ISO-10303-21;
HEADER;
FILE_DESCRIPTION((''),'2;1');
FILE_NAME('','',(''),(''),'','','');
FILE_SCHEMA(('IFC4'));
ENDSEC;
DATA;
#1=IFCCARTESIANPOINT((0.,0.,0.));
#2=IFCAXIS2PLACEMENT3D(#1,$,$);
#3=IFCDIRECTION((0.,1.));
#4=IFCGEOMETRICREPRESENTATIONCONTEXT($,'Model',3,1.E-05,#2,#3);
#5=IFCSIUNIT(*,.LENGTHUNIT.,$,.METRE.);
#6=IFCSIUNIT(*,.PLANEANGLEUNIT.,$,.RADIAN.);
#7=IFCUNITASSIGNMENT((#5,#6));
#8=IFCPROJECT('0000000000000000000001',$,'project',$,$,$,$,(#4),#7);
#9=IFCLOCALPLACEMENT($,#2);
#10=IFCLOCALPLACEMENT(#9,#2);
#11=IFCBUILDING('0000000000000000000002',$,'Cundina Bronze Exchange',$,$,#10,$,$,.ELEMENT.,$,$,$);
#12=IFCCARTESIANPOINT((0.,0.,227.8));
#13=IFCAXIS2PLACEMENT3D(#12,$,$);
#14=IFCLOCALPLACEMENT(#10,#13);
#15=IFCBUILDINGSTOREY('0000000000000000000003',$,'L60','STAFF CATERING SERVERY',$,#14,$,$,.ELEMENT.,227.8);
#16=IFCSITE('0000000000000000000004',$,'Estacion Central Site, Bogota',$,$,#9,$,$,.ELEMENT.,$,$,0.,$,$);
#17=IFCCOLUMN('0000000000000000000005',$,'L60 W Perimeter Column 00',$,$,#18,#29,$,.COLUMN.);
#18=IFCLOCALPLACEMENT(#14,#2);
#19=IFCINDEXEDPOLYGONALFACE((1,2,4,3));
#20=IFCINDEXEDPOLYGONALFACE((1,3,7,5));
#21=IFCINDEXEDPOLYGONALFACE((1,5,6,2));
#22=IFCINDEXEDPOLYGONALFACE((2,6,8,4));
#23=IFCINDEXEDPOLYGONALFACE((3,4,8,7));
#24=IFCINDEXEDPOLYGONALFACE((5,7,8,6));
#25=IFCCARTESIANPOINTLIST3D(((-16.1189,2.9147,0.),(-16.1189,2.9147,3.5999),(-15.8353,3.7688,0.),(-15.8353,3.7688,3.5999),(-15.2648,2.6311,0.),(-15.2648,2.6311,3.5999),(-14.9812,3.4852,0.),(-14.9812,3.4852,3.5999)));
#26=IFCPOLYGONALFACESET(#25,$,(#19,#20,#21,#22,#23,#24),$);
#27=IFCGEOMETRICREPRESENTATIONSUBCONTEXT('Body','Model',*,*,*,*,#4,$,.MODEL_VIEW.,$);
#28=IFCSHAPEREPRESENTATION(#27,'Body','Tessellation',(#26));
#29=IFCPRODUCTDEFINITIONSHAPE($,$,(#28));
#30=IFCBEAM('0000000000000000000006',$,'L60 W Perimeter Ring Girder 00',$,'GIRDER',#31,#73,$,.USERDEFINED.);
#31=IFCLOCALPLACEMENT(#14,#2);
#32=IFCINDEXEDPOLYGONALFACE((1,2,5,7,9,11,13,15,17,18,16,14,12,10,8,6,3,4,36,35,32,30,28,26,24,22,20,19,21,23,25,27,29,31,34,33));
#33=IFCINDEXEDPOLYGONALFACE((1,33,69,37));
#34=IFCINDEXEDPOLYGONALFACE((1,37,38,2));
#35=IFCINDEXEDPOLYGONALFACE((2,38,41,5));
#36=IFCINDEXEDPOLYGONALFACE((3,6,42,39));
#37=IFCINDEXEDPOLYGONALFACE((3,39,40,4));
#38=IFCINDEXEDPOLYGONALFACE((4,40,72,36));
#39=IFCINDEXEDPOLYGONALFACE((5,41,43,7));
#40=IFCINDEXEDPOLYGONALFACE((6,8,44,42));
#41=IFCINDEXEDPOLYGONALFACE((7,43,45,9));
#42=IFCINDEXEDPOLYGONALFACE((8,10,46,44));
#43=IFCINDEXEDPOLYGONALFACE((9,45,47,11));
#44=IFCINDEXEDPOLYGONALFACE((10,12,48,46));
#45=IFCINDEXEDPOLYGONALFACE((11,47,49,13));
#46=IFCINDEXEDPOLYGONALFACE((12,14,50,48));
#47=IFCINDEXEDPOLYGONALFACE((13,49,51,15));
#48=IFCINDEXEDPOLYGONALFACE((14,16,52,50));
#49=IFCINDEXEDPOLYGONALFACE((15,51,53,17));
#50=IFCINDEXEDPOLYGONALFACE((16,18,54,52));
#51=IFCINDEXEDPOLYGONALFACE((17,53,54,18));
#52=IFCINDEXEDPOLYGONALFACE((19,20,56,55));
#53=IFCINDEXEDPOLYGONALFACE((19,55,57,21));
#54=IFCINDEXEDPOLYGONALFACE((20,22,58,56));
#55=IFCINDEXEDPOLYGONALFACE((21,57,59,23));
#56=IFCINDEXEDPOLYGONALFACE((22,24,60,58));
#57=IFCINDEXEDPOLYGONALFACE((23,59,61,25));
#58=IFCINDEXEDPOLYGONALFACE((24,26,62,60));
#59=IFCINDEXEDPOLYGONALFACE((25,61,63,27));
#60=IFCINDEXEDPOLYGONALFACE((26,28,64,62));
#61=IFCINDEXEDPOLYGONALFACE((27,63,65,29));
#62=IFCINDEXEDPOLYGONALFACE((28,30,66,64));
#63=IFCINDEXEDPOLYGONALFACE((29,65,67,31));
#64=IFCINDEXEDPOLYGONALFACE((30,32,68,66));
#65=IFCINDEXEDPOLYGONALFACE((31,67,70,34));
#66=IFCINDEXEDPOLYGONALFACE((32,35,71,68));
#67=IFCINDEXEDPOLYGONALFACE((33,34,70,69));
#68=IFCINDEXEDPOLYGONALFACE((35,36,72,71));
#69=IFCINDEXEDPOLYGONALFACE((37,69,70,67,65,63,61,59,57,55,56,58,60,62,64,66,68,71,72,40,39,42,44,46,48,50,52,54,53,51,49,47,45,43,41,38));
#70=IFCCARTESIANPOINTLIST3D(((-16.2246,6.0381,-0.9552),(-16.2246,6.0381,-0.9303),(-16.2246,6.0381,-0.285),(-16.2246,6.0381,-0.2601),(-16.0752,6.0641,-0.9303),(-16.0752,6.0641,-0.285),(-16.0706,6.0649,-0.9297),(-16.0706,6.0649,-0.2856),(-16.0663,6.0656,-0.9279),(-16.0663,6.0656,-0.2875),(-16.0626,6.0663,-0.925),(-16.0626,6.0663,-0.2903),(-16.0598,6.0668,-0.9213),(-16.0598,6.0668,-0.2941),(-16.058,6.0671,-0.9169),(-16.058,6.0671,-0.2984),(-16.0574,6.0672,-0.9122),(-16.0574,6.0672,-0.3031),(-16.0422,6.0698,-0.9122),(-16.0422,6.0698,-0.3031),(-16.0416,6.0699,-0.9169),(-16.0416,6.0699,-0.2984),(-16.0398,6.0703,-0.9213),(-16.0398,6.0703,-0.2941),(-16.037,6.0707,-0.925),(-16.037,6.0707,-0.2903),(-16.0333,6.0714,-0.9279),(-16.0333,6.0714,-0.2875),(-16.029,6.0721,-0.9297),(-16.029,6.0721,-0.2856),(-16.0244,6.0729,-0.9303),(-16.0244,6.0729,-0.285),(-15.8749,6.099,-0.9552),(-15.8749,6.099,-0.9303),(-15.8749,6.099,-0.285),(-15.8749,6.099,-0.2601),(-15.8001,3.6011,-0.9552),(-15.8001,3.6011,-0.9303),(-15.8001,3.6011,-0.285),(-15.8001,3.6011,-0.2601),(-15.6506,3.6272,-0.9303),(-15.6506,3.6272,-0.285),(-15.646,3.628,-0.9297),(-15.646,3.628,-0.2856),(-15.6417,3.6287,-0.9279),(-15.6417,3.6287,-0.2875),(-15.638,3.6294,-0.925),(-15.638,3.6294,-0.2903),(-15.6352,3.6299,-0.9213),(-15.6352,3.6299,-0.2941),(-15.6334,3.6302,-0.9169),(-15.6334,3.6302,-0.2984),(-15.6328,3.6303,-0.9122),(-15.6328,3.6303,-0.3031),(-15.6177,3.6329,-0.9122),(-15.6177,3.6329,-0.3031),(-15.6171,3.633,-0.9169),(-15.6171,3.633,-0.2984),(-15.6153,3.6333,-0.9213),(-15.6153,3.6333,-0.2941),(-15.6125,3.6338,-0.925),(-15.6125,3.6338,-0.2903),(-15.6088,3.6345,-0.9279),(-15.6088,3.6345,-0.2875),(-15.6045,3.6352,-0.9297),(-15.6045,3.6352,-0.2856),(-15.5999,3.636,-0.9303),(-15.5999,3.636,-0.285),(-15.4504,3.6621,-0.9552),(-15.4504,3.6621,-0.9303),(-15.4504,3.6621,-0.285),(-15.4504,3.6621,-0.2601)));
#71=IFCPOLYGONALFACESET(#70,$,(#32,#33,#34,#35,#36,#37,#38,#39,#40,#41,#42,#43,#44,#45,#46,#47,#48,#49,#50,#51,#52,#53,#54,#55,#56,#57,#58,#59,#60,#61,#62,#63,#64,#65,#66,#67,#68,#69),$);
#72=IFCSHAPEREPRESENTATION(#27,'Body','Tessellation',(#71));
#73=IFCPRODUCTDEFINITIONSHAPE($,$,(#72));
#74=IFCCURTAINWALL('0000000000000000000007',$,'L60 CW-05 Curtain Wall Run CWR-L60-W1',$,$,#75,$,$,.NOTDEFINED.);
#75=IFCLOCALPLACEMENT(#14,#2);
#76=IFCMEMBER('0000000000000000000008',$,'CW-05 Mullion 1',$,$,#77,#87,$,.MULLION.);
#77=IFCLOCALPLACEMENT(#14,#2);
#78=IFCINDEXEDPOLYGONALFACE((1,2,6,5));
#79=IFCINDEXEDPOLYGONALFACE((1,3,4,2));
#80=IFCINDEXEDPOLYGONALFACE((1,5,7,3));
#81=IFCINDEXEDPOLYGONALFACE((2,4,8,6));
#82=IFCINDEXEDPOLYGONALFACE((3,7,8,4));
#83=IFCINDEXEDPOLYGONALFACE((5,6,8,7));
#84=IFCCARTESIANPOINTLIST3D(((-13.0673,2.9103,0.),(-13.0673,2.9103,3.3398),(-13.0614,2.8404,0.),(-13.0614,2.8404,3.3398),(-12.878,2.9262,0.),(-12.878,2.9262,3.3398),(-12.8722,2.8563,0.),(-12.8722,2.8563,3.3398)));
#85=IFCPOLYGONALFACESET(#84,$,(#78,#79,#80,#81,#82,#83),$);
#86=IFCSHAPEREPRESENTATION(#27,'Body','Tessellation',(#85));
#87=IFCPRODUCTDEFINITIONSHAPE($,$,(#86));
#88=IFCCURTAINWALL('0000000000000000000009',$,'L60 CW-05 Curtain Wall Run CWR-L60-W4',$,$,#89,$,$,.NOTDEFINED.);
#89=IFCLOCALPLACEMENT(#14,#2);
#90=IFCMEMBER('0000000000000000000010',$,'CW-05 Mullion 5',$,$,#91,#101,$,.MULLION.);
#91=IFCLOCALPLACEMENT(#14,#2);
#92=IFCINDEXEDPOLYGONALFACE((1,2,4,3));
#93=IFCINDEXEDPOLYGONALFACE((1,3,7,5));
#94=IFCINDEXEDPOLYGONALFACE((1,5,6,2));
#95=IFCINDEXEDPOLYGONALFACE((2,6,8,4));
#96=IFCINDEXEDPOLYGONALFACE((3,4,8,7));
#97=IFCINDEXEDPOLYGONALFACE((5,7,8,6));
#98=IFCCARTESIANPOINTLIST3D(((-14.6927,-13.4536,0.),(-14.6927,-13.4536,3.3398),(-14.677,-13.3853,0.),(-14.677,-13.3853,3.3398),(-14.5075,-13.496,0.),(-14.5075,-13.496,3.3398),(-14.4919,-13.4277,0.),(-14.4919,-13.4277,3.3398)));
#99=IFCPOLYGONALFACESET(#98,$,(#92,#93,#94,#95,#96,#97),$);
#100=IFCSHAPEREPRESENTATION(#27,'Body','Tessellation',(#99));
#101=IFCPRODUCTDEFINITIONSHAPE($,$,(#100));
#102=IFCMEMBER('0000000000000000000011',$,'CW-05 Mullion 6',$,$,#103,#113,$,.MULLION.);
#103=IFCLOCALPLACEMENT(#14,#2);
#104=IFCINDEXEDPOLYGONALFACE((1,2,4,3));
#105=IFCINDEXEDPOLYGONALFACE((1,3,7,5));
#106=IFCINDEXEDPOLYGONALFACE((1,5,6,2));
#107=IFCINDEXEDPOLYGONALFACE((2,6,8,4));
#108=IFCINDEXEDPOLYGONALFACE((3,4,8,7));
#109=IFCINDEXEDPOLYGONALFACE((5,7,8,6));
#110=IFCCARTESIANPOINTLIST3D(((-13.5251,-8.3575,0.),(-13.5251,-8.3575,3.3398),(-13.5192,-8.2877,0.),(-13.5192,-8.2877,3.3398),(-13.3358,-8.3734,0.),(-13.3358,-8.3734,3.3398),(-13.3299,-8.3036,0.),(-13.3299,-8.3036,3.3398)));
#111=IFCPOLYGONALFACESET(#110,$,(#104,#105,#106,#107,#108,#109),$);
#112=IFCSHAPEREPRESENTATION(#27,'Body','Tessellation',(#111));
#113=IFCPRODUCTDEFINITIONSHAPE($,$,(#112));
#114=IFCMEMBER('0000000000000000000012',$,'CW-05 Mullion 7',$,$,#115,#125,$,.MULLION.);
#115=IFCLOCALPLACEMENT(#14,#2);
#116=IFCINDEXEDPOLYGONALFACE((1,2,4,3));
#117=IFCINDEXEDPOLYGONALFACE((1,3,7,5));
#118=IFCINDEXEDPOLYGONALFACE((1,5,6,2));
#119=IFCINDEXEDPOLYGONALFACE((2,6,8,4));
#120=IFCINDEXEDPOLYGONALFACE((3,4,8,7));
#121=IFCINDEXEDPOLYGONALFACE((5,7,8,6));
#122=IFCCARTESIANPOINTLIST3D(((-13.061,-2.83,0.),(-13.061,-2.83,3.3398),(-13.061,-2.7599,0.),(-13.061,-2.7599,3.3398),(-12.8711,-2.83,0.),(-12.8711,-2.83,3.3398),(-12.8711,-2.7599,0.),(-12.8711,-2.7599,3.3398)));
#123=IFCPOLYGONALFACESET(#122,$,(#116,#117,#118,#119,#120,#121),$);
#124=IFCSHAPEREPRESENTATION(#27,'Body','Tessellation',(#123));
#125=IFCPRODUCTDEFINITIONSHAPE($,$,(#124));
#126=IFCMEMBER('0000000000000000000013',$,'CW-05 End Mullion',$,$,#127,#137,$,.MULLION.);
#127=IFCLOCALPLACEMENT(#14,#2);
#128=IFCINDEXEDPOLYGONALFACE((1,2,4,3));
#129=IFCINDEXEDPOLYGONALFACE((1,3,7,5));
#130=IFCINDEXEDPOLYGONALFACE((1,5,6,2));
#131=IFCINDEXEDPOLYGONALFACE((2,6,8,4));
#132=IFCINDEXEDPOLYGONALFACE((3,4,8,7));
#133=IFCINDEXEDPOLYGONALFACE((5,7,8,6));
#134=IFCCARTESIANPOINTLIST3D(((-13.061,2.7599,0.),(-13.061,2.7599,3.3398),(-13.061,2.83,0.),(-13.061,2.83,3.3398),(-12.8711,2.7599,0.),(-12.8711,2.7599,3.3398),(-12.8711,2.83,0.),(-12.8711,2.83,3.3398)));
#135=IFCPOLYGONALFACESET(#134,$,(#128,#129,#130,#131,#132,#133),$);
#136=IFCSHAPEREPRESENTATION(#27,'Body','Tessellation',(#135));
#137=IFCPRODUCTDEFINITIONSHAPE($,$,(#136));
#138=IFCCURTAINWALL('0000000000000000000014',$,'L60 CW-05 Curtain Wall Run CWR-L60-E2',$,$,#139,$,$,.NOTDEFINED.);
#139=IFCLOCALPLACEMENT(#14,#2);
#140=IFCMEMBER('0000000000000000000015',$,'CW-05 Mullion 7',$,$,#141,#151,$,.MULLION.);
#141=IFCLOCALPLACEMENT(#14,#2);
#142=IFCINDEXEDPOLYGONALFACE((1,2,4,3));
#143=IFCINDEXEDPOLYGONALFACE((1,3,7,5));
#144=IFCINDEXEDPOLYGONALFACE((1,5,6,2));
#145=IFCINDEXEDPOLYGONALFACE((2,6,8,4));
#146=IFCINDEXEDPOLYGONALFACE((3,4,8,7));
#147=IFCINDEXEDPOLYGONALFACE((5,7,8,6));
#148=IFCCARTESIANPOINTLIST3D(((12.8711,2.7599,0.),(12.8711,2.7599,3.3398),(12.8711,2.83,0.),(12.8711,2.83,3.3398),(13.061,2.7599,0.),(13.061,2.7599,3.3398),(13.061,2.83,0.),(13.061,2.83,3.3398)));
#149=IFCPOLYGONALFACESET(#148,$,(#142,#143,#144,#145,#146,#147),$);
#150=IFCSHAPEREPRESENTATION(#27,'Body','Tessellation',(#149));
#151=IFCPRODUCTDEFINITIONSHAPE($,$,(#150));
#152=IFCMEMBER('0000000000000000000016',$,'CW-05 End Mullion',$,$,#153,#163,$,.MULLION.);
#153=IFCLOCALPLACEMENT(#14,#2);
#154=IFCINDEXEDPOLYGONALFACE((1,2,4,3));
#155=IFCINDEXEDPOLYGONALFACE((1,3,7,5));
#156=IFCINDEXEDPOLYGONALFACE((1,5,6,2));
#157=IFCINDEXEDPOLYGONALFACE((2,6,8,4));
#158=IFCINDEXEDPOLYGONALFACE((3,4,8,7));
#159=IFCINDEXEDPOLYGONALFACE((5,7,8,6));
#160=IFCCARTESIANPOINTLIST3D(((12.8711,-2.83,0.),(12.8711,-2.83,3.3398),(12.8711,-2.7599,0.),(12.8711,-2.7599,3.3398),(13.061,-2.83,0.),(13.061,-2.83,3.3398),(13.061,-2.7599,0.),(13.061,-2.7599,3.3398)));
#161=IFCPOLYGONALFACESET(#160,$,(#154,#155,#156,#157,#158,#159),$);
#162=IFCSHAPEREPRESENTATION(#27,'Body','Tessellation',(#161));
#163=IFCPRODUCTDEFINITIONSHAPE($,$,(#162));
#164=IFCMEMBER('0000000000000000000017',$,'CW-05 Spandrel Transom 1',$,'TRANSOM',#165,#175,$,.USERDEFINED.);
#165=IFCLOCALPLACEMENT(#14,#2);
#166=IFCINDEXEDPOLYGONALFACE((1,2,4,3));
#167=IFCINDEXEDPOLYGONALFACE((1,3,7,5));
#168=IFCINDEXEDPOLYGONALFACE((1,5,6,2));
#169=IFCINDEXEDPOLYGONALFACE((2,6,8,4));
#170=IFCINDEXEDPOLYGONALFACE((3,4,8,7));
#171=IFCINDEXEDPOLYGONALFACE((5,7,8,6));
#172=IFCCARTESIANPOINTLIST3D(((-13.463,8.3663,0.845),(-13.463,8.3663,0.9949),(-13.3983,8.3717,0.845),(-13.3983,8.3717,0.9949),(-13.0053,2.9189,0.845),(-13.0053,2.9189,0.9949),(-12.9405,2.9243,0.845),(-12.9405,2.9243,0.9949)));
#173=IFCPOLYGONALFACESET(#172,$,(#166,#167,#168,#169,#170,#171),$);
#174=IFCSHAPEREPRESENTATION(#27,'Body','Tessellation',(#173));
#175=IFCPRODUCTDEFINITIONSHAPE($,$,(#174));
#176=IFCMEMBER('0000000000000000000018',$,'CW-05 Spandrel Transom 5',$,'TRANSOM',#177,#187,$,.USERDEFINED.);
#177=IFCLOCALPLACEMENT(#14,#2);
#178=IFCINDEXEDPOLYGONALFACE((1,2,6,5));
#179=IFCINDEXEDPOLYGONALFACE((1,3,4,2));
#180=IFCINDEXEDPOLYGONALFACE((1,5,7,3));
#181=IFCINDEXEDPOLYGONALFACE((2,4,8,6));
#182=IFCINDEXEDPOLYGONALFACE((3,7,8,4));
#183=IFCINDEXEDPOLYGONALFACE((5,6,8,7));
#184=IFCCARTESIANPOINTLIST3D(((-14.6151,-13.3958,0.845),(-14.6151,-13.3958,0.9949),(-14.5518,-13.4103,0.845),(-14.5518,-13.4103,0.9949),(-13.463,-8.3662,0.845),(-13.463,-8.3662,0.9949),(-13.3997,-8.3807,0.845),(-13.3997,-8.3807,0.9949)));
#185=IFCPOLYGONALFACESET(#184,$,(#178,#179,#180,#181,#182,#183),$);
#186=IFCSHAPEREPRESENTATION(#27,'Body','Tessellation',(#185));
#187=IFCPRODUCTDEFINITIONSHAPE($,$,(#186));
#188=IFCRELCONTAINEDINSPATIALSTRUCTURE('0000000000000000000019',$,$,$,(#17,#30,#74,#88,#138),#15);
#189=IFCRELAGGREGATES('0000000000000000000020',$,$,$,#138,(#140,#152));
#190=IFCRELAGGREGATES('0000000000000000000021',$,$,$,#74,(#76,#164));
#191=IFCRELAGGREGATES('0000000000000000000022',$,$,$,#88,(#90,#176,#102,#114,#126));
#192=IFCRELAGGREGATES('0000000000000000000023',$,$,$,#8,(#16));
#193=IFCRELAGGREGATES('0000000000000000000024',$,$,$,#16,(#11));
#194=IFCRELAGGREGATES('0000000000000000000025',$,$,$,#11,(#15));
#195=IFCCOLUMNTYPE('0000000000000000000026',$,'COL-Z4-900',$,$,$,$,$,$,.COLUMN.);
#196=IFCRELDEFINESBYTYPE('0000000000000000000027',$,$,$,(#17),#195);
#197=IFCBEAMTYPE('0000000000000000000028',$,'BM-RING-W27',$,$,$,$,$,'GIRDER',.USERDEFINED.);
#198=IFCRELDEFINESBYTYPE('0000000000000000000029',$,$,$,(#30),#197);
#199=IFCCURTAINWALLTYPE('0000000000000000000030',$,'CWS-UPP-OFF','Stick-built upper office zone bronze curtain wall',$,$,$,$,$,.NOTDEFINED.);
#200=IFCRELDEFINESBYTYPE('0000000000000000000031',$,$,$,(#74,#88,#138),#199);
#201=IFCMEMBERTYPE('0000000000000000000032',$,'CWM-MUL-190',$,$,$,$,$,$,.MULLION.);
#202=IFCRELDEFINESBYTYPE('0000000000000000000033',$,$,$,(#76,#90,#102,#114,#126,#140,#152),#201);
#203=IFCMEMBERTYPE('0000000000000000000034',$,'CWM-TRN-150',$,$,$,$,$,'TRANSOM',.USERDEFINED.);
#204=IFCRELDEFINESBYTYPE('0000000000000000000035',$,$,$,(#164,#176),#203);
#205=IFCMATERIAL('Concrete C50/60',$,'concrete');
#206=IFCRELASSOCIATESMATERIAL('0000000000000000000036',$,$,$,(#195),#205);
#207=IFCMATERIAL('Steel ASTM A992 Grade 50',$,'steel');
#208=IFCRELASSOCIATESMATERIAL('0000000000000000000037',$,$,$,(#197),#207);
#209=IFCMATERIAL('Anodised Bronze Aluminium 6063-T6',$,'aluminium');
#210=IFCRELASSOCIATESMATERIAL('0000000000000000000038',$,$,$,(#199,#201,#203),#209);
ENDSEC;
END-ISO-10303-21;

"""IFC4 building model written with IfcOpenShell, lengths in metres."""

from ifc_helpers import new_model, si_unit, direction, frame, origin, origin_2d, place, context, subcontext, project, spatial, rectangle, i_section, extrude, material, material_profile, profile_set, type_object, element, aggregate, save


model = new_model("IFC4")

# Units and contexts
model_context = context("Model", 3, precision=1e-05, world=origin(), true_north=direction((0.0, 1.0)))
body_context = subcontext(model_context, "Body", "Model", "MODEL_VIEW")
ifc_project = project(units=[si_unit("LENGTHUNIT", "METRE"), si_unit("PLANEANGLEUNIT", "RADIAN")], contexts=[model_context])

# Site, building, storey
site_placement = place(None, origin())
site = spatial("IfcSite", under=ifc_project, at=site_placement, Name="Estacion Central Site, Bogota", CompositionType="ELEMENT", RefElevation=0.0)
building_placement = place(site_placement, origin())
building = spatial("IfcBuilding", under=site, at=building_placement, Name="Cundina Bronze Exchange", CompositionType="ELEMENT")
storey_placement = place(building_placement, frame((0.0, 0.0, 227.8)))
storey = spatial("IfcBuildingStorey", under=building, at=storey_placement, Name="L60", Description="STAFF CATERING SERVERY", CompositionType="ELEMENT", Elevation=227.8)

# Column
ifc_material_1 = material(Name="Concrete C50/60", Category="concrete")
ifc_material_profile_1 = material_profile(ifc_material_1, rectangle(XDim=0.8999, YDim=0.8999, at=origin_2d()), Name="RC900X900", Category="concrete")
ifc_profile_set_1 = profile_set([ifc_material_profile_1], Name="Concrete C50/60")
column_type = type_object("IfcColumnType", Name="COL-Z4-900", PredefinedType="COLUMN", material=ifc_profile_set_1)
column_placement = place(storey_placement, frame((-15.55, 3.2, 0.0), z_axis=(0.0, 0.0, 1.0), x_axis=(0.315152, 0.949041, 0.0)))
element("IfcColumn", 1, at=column_placement, inside=storey, type_object=column_type, Name="L60 W Perimeter Column 00", PredefinedType="COLUMN", context=body_context, shape_type="SweptSolid", body=[
    extrude(rectangle(XDim=0.8999, YDim=0.8999, at=origin_2d()), origin(), (0.0, 0.0, 1.0), 3.5999),
])

# Beam
ifc_material_2 = material(Name="Steel ASTM A992 Grade 50", Category="steel")
ifc_material_profile_2 = material_profile(ifc_material_2, i_section(OverallWidth=0.355, OverallDepth=0.6951, WebThickness=0.0154, FlangeThickness=0.0249, FilletRadius=0.0181, at=origin_2d()), Name="W27X146", Category="steel")
ifc_profile_set_2 = profile_set([ifc_material_profile_2], Name="Steel ASTM A992 Grade 50")
beam_type = type_object("IfcBeamType", Name="BM-RING-W27", ElementType="GIRDER", PredefinedType="USERDEFINED", material=ifc_profile_set_2)
beam_placement = place(storey_placement, frame((-15.6252, 3.6316, -0.6077), z_axis=(-0.171629, 0.985162, 0.0), x_axis=(-0.985162, -0.171629, 0.0)))
element("IfcBeam", 2, at=beam_placement, inside=storey, type_object=beam_type, Name="L60 W Perimeter Ring Girder 00", ObjectType="GIRDER", PredefinedType="USERDEFINED", context=body_context, shape_type="SweptSolid", body=[
    extrude(i_section(OverallWidth=0.355, OverallDepth=0.6951, WebThickness=0.0154, FlangeThickness=0.0249, FilletRadius=0.0181, at=origin_2d()), origin(), (0.0, 0.0, 1.0), 2.4736),
])

# Curtain wall, member
ifc_material_3 = material(Name="Anodised Bronze Aluminium 6063-T6", Category="aluminium")
curtain_wall_type = type_object("IfcCurtainWallType", Name="CWS-UPP-OFF", Description="Stick-built upper office zone bronze curtain wall", PredefinedType="NOTDEFINED", material=ifc_material_3)
curtain_wall_1_placement = place(storey_placement, origin())
curtain_wall_1 = element("IfcCurtainWall", 3, at=curtain_wall_1_placement, inside=storey, type_object=curtain_wall_type, Name="L60 CW-05 Curtain Wall Run CWR-L60-W1", PredefinedType="NOTDEFINED")
ifc_material_profile_3 = material_profile(ifc_material_3, rectangle(XDim=0.0701, YDim=0.1899, at=origin_2d()), Name="AL70X190", Category="aluminium")
ifc_profile_set_3 = profile_set([ifc_material_profile_3], Name="Anodised Bronze Aluminium 6063-T6")
member_type_1 = type_object("IfcMemberType", Name="CWM-MUL-190", PredefinedType="MULLION", material=ifc_profile_set_3)
member_1_placement = place(storey_placement, frame((-12.9697, 2.8833, 0.0), z_axis=(0.0, 0.0, 1.0), x_axis=(-0.083678, 0.996493, 0.0)))
member_1 = element("IfcMember", 4, at=member_1_placement, type_object=member_type_1, Name="CW-05 Mullion 1", PredefinedType="MULLION", context=body_context, shape_type="SweptSolid", body=[
    extrude(rectangle(XDim=0.0701, YDim=0.1899, at=origin_2d()), origin(), (0.0, 0.0, 1.0), 3.3398),
])

# Curtain walls, members
curtain_wall_2_placement = place(storey_placement, origin())
curtain_wall_2 = element("IfcCurtainWall", 5, at=curtain_wall_2_placement, inside=storey, type_object=curtain_wall_type, Name="L60 CW-05 Curtain Wall Run CWR-L60-W4", PredefinedType="NOTDEFINED")
member_2_placement = place(storey_placement, frame((-14.5923, -13.4407, 0.0), z_axis=(0.0, 0.0, 1.0), x_axis=(0.22325, 0.974761, 0.0)))
member_2 = element("IfcMember", 6, at=member_2_placement, type_object=member_type_1, Name="CW-05 Mullion 5", PredefinedType="MULLION", context=body_context, shape_type="SweptSolid", body=[
    extrude(rectangle(XDim=0.0701, YDim=0.1899, at=origin_2d()), origin(), (0.0, 0.0, 1.0), 3.3398),
])
member_3_placement = place(storey_placement, frame((-13.4275, -8.3306, 0.0), z_axis=(0.0, 0.0, 1.0), x_axis=(0.083678, 0.996493, 0.0)))
member_3 = element("IfcMember", 7, at=member_3_placement, type_object=member_type_1, Name="CW-05 Mullion 6", PredefinedType="MULLION", context=body_context, shape_type="SweptSolid", body=[
    extrude(rectangle(XDim=0.0701, YDim=0.1899, at=origin_2d()), origin(), (0.0, 0.0, 1.0), 3.3398),
])
member_4_placement = place(storey_placement, frame((-12.9661, -2.7949, 0.0), z_axis=(0.0, 0.0, 1.0), x_axis=(0.0, 1.0, 0.0)))
member_4 = element("IfcMember", 8, at=member_4_placement, type_object=member_type_1, Name="CW-05 Mullion 7", PredefinedType="MULLION", context=body_context, shape_type="SweptSolid", body=[
    extrude(rectangle(XDim=0.0701, YDim=0.1899, at=origin_2d()), origin(), (0.0, 0.0, 1.0), 3.3398),
])
member_5_placement = place(storey_placement, frame((-12.9661, 2.7949, 0.0), z_axis=(0.0, 0.0, 1.0), x_axis=(0.0, 1.0, 0.0)))
member_5 = element("IfcMember", 9, at=member_5_placement, type_object=member_type_1, Name="CW-05 End Mullion", PredefinedType="MULLION", context=body_context, shape_type="SweptSolid", body=[
    extrude(rectangle(XDim=0.0701, YDim=0.1899, at=origin_2d()), origin(), (0.0, 0.0, 1.0), 3.3398),
])
curtain_wall_3_placement = place(storey_placement, origin())
curtain_wall_3 = element("IfcCurtainWall", 10, at=curtain_wall_3_placement, inside=storey, type_object=curtain_wall_type, Name="L60 CW-05 Curtain Wall Run CWR-L60-E2", PredefinedType="NOTDEFINED")
member_6_placement = place(storey_placement, frame((12.9661, 2.7949, 0.0), z_axis=(0.0, 0.0, 1.0), x_axis=(0.0, -1.0, 0.0)))
member_6 = element("IfcMember", 11, at=member_6_placement, type_object=member_type_1, Name="CW-05 Mullion 7", PredefinedType="MULLION", context=body_context, shape_type="SweptSolid", body=[
    extrude(rectangle(XDim=0.0701, YDim=0.1899, at=origin_2d()), origin(), (0.0, 0.0, 1.0), 3.3398),
])
member_7_placement = place(storey_placement, frame((12.9661, -2.7949, 0.0), z_axis=(0.0, 0.0, 1.0), x_axis=(0.0, -1.0, 0.0)))
member_7 = element("IfcMember", 12, at=member_7_placement, type_object=member_type_1, Name="CW-05 End Mullion", PredefinedType="MULLION", context=body_context, shape_type="SweptSolid", body=[
    extrude(rectangle(XDim=0.0701, YDim=0.1899, at=origin_2d()), origin(), (0.0, 0.0, 1.0), 3.3398),
])

# Members
ifc_material_profile_4 = material_profile(ifc_material_3, rectangle(XDim=0.0649, YDim=0.1499, at=origin_2d()), Name="AL65X150", Category="aluminium")
ifc_profile_set_4 = profile_set([ifc_material_profile_4], Name="Anodised Bronze Aluminium 6063-T6")
member_type_2 = type_object("IfcMemberType", Name="CWM-TRN-150", ElementType="TRANSOM", PredefinedType="USERDEFINED", material=ifc_profile_set_4)
member_8_placement = place(storey_placement, frame((-12.9729, 2.9216, 0.9199), z_axis=(-0.08374, 0.996488, 0.0), x_axis=(-0.996488, -0.08374, 0.0)))
member_8 = element("IfcMember", 13, at=member_8_placement, type_object=member_type_2, Name="CW-05 Spandrel Transom 1", ObjectType="TRANSOM", PredefinedType="USERDEFINED", context=body_context, shape_type="SweptSolid", body=[
    extrude(rectangle(XDim=0.0649, YDim=0.1499, at=origin_2d()), origin(), (0.0, 0.0, 1.0), 5.4666),
])
member_9_placement = place(storey_placement, frame((-14.5835, -13.4031, 0.9199), z_axis=(0.223283, 0.974754, 0.0), x_axis=(-0.974754, 0.223283, 0.0)))
member_9 = element("IfcMember", 14, at=member_9_placement, type_object=member_type_2, Name="CW-05 Spandrel Transom 5", ObjectType="TRANSOM", PredefinedType="USERDEFINED", context=body_context, shape_type="SweptSolid", body=[
    extrude(rectangle(XDim=0.0649, YDim=0.1499, at=origin_2d()), origin(), (0.0, 0.0, 1.0), 5.1599),
])
aggregate(curtain_wall_3, [member_6, member_7])

aggregate(curtain_wall_1, [member_1, member_8])
aggregate(curtain_wall_2, [member_2, member_9, member_3, member_4, member_5])

save(model, "model.ifc")
